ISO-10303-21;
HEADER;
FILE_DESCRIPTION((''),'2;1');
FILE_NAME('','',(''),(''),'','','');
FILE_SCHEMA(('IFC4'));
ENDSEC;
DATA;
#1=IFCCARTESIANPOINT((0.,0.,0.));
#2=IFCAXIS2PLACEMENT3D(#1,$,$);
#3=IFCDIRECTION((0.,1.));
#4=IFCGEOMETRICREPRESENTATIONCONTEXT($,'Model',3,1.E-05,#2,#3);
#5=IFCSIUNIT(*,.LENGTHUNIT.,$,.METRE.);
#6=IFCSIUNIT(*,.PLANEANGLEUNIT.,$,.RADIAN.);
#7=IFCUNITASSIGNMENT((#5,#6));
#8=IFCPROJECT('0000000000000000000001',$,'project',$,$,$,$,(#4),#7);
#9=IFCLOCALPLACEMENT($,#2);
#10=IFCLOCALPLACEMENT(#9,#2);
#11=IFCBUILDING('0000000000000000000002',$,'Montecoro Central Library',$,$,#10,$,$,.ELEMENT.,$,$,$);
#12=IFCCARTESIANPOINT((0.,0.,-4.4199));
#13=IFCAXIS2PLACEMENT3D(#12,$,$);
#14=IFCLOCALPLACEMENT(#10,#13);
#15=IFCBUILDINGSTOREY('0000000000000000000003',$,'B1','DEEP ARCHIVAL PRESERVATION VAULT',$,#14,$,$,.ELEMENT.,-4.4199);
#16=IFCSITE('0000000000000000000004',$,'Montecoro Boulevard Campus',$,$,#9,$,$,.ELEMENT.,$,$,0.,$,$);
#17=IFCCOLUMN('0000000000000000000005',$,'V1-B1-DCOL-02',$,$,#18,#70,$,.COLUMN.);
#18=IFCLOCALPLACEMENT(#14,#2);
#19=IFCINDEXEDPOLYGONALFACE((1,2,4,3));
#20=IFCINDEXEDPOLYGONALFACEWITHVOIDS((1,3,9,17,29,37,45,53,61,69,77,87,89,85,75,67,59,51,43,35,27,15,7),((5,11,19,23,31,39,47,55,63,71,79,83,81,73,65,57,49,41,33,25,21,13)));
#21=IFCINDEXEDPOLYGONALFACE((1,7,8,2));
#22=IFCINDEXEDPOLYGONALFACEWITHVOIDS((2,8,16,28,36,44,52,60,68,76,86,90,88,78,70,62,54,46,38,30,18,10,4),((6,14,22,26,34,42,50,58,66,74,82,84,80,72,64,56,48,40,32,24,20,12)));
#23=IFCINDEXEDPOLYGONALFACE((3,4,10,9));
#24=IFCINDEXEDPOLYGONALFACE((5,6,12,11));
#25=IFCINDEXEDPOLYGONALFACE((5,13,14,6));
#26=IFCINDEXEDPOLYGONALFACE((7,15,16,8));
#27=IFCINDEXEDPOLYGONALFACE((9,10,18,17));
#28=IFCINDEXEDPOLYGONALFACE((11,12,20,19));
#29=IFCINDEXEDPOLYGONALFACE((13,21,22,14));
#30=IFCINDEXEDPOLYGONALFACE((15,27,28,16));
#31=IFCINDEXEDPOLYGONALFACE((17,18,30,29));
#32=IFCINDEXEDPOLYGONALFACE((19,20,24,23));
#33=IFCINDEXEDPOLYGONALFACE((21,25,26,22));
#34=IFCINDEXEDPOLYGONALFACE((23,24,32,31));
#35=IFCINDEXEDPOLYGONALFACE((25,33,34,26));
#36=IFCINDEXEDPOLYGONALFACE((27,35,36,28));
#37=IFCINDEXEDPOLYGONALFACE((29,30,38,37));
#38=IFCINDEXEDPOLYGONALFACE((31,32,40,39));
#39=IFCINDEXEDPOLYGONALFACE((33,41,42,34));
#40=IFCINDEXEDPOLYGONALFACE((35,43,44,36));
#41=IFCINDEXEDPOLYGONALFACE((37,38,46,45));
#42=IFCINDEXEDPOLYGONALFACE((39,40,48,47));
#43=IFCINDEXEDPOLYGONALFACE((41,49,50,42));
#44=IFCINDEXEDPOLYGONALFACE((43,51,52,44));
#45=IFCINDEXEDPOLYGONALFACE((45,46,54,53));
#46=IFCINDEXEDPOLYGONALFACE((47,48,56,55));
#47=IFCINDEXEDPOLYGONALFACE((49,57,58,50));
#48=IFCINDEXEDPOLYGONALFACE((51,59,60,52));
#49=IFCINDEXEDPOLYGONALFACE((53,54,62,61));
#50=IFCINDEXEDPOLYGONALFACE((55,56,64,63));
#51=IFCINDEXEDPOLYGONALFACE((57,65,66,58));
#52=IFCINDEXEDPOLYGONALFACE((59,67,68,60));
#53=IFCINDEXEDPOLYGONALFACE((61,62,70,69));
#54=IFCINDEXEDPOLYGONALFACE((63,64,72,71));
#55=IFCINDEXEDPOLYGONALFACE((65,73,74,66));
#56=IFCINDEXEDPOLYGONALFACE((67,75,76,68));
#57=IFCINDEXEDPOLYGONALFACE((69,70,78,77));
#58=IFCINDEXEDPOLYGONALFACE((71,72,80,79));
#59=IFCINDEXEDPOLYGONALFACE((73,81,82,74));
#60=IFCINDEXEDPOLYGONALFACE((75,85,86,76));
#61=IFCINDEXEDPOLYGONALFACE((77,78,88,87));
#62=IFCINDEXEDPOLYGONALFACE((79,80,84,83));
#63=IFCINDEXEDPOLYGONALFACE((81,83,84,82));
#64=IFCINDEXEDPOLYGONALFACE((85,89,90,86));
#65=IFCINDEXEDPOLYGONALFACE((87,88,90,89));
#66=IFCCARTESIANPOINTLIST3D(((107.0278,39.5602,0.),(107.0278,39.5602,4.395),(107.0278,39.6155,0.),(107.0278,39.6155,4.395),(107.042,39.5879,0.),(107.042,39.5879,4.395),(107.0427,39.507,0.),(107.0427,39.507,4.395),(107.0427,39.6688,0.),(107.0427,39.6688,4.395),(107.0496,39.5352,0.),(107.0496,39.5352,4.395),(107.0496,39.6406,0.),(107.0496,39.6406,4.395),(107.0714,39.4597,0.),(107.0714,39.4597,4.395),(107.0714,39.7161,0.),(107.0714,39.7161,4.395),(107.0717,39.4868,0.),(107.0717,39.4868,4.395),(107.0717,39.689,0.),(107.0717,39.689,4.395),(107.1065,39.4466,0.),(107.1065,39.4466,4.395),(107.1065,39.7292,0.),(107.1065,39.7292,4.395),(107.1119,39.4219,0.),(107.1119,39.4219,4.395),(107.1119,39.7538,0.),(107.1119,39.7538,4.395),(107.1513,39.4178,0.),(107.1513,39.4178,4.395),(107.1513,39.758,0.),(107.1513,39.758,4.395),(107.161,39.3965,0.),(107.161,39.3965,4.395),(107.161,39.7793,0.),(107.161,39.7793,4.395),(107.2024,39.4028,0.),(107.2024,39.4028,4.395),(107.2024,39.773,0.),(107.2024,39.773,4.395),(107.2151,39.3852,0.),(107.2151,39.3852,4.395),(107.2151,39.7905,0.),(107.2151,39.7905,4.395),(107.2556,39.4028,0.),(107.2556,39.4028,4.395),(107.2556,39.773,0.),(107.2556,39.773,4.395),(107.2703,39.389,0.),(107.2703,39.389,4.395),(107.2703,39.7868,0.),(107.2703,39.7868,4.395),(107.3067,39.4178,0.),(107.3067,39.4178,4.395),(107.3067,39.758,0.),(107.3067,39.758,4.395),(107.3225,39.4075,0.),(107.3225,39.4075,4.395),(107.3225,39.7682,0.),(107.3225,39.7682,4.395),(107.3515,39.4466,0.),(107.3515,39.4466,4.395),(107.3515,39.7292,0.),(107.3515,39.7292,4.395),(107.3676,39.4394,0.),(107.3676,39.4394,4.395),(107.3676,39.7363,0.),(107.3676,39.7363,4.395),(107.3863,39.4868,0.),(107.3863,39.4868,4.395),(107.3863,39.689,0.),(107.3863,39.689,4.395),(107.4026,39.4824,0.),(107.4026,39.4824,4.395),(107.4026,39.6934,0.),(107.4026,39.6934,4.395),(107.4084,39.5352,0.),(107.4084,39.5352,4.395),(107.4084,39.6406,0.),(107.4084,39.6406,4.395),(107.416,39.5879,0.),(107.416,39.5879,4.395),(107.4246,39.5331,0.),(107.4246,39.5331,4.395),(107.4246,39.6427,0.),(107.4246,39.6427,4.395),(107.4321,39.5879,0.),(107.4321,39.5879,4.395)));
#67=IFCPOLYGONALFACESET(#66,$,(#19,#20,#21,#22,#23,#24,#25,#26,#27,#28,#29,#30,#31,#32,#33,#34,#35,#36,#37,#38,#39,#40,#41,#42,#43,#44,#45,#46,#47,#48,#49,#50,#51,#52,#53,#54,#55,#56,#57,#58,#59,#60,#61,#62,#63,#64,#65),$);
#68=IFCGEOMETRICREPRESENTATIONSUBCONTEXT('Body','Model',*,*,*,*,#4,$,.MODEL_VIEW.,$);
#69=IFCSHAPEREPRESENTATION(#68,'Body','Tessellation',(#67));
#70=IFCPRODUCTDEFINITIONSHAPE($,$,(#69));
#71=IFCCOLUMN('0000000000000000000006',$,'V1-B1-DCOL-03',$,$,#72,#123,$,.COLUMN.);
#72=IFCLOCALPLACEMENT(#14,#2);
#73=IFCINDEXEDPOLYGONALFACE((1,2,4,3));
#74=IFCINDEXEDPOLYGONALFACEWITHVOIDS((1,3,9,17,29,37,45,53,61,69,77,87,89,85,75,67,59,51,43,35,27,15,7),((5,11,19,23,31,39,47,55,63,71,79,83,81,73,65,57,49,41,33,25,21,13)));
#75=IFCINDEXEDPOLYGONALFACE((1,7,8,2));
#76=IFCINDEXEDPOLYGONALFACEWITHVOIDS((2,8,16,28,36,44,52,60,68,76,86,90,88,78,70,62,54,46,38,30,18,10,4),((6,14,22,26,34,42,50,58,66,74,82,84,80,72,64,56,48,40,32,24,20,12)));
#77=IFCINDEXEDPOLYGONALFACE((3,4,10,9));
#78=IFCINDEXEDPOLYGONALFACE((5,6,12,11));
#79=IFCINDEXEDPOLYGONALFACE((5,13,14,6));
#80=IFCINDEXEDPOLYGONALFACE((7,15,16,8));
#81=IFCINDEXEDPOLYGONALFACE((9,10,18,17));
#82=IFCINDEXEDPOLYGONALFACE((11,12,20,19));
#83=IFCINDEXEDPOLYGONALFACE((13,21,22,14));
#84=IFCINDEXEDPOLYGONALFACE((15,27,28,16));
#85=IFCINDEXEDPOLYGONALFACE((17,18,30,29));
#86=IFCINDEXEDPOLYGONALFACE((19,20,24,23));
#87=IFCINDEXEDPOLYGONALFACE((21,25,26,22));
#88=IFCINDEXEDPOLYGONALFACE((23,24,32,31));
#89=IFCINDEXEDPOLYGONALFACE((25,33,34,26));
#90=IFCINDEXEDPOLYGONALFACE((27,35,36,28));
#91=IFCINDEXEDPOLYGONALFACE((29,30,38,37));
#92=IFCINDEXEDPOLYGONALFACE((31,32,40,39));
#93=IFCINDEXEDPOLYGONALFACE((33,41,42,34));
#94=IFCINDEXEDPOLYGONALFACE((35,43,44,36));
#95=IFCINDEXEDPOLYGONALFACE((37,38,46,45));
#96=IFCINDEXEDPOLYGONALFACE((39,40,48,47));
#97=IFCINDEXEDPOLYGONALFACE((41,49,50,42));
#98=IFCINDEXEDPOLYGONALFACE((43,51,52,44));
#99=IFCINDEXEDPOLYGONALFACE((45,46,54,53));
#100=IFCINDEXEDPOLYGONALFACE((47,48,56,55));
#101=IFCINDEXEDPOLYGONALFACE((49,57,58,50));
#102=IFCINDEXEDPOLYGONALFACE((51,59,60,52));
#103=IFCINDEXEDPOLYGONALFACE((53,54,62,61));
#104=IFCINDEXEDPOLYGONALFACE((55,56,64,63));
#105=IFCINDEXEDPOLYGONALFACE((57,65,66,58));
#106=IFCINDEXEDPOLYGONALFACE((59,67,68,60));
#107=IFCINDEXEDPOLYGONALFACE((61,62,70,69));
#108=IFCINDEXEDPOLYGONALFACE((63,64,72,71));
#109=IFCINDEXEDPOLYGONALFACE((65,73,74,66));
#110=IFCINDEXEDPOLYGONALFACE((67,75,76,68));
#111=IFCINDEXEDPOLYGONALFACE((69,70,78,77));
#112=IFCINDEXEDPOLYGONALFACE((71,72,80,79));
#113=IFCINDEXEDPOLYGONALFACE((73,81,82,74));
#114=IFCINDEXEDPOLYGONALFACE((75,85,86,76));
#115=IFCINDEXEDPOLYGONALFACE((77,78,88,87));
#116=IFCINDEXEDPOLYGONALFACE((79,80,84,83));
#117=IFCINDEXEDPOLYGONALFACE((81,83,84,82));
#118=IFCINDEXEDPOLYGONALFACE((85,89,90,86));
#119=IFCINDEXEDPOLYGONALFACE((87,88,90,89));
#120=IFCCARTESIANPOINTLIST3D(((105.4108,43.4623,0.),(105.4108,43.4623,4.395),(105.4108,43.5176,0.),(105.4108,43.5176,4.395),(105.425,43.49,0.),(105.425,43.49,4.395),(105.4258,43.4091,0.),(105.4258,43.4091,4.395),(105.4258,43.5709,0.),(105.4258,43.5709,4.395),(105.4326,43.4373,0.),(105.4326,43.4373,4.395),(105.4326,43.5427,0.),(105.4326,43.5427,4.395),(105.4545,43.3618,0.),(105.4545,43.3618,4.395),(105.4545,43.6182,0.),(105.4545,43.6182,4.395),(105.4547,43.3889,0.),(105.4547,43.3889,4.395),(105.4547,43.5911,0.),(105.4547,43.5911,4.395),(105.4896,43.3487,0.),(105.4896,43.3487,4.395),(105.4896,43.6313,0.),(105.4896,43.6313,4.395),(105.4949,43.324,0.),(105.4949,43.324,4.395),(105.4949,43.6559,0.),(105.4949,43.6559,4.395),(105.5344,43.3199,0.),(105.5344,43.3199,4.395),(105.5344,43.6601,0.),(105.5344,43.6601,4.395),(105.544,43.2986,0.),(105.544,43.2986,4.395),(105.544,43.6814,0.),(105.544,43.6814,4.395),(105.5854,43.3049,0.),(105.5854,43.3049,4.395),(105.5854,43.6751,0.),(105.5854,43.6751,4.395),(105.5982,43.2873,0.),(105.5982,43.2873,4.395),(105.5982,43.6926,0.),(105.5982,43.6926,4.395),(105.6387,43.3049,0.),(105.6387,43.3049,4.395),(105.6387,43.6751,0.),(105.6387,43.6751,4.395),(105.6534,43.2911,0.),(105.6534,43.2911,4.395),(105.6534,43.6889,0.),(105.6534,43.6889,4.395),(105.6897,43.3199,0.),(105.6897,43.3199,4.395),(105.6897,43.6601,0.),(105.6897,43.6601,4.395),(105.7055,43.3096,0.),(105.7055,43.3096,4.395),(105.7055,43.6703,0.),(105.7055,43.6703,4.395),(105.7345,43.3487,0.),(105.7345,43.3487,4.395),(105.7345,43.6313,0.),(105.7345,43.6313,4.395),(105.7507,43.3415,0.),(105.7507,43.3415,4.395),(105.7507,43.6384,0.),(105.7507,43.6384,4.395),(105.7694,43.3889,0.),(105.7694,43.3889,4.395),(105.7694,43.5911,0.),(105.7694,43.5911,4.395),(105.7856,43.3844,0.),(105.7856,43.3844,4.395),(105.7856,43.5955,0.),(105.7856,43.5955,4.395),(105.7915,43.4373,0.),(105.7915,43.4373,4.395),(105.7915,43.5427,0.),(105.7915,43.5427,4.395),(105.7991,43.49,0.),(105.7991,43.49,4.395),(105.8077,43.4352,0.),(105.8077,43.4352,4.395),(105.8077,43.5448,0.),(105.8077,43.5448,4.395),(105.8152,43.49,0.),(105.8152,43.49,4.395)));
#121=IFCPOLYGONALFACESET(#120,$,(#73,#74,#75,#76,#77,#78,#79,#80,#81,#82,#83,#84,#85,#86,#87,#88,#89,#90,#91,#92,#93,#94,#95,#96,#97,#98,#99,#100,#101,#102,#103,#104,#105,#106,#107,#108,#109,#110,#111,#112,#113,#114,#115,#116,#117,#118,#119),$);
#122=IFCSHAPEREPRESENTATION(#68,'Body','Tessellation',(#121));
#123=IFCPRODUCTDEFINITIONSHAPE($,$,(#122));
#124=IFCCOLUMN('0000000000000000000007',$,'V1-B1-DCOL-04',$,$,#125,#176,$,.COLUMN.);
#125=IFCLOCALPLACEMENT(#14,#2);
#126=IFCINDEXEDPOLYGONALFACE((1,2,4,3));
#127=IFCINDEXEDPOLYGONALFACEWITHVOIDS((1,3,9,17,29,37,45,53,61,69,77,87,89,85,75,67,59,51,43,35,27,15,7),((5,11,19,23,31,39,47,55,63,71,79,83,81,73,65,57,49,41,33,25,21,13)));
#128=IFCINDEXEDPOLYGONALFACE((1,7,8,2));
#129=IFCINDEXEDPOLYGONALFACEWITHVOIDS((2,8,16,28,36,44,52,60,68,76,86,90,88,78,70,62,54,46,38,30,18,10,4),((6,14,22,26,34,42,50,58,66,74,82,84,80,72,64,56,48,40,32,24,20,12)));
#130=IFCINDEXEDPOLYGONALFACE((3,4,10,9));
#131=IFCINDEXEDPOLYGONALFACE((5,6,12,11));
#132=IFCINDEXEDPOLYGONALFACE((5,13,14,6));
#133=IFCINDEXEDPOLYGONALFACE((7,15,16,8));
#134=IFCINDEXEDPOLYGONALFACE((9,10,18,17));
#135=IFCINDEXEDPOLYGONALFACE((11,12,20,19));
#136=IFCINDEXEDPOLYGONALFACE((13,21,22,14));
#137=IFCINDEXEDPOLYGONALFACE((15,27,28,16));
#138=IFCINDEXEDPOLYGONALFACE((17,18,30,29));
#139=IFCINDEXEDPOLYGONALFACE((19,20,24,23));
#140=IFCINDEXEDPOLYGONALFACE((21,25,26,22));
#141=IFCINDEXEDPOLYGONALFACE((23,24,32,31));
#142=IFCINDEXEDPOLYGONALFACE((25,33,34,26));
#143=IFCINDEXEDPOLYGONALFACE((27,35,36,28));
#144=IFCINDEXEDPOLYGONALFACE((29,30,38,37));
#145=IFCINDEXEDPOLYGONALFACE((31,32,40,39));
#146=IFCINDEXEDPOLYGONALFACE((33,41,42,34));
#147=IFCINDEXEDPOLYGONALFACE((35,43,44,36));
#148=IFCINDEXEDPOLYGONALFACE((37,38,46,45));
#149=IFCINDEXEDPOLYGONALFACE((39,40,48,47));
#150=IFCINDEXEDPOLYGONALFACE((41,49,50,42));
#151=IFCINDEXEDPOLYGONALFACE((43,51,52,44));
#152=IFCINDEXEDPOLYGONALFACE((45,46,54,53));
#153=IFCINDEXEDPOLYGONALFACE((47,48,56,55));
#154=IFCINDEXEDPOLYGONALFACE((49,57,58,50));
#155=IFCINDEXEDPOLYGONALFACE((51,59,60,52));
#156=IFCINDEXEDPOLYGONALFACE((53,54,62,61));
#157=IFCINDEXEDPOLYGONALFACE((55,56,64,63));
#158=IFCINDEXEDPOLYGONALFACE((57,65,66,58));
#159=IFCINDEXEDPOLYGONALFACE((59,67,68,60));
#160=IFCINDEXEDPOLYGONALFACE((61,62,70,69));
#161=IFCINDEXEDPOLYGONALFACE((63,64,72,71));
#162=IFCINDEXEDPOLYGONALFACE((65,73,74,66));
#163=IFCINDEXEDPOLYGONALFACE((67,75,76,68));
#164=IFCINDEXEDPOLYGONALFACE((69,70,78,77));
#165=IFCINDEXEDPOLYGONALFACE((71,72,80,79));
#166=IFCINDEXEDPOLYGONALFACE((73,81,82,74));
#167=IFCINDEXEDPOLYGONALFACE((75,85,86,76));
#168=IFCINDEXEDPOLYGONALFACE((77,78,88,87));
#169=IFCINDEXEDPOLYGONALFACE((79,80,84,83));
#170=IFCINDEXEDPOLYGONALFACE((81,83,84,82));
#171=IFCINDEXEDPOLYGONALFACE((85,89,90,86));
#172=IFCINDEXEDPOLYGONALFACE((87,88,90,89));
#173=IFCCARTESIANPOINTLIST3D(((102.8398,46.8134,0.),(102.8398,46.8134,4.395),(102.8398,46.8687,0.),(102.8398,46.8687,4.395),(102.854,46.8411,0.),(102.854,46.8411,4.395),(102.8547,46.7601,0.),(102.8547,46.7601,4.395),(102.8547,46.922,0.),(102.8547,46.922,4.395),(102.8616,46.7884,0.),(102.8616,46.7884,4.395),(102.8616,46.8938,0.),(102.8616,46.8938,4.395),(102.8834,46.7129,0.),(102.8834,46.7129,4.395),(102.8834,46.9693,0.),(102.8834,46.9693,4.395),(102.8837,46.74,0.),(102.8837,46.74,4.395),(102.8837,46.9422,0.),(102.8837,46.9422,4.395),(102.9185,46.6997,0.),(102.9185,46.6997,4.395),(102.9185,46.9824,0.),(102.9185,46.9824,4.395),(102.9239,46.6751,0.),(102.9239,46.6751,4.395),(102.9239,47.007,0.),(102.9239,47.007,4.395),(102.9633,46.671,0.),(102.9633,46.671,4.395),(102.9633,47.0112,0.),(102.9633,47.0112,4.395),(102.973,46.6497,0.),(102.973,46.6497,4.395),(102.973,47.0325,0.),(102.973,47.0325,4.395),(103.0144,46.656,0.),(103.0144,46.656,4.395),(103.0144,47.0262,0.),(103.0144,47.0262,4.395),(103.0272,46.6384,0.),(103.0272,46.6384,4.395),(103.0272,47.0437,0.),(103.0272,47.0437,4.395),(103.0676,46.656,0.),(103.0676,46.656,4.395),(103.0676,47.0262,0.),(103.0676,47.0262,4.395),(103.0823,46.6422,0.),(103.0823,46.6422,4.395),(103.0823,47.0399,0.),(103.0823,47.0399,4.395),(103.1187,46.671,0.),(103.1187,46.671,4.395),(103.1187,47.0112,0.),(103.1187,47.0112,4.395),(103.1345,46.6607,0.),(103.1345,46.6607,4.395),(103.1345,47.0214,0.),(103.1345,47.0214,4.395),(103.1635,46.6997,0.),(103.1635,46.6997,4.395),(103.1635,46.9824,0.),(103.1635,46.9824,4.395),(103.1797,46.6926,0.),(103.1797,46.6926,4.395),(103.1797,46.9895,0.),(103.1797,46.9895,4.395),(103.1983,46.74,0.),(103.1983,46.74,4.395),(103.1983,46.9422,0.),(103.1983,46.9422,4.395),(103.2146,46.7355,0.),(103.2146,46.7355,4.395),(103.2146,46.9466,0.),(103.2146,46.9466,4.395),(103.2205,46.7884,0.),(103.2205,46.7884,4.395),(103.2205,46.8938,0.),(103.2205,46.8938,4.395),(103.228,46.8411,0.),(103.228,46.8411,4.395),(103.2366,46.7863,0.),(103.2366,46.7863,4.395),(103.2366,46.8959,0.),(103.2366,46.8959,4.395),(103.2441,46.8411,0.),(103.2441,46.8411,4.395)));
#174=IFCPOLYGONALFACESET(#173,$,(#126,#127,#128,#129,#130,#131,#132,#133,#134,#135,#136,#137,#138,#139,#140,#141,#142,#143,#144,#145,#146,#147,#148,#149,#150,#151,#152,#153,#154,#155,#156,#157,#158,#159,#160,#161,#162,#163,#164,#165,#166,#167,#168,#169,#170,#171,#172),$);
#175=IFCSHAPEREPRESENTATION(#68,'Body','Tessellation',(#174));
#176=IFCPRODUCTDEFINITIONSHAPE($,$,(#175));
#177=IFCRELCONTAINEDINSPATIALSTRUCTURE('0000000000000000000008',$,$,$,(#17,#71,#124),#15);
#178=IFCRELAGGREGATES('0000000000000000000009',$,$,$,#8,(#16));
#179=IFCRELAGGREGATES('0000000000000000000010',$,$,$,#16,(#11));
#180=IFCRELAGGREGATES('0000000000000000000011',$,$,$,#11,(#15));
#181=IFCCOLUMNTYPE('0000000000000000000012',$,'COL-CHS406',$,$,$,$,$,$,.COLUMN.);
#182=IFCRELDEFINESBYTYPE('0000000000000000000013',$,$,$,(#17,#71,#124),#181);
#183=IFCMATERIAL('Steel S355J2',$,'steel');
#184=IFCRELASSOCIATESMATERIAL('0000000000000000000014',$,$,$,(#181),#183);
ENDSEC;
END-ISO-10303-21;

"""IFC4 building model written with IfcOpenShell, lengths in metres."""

from ifc_helpers import new_model, si_unit, direction, frame, origin, origin_2d, place, context, subcontext, project, spatial, hollow_circle, extrude, material, material_profile, profile_set, type_object, element, save


model = new_model("IFC4")

# Units and contexts
model_context = context("Model", 3, precision=1e-05, world=origin(), true_north=direction((0.0, 1.0)))
body_context = subcontext(model_context, "Body", "Model", "MODEL_VIEW")
ifc_project = project(units=[si_unit("LENGTHUNIT", "METRE"), si_unit("PLANEANGLEUNIT", "RADIAN")], contexts=[model_context])

# Site, building, storey
site_placement = place(None, origin())
site = spatial("IfcSite", under=ifc_project, at=site_placement, Name="Montecoro Boulevard Campus", CompositionType="ELEMENT", RefElevation=0.0)
building_placement = place(site_placement, origin())
building = spatial("IfcBuilding", under=site, at=building_placement, Name="Montecoro Central Library", CompositionType="ELEMENT")
storey_placement = place(building_placement, frame((0.0, 0.0, -4.4199)))
storey = spatial("IfcBuildingStorey", under=building, at=storey_placement, Name="B1", Description="DEEP ARCHIVAL PRESERVATION VAULT", CompositionType="ELEMENT", Elevation=-4.4199)

# Columns
ifc_material_1 = material(Name="Steel S355J2", Category="steel")
ifc_material_profile_1 = material_profile(ifc_material_1, hollow_circle(Radius=0.2031, WallThickness=0.0161, at=origin_2d()), Name="CHS 406.4x16.0")
ifc_profile_set_1 = profile_set([ifc_material_profile_1], Name="Steel S355J2")
column_type = type_object("IfcColumnType", Name="COL-CHS406", PredefinedType="COLUMN", material=ifc_profile_set_1)
for number, where, z_axis, x_axis, name in (
    (1, (107.229, 39.5879, 0.0), (0.0, 0.0, 1.0), (1.0, 0.0, 0.0), "V1-B1-DCOL-02"),
    (2, (105.6121, 43.49, 0.0), (0.0, 0.0, 1.0), (1.0, 0.0, 0.0), "V1-B1-DCOL-03"),
    (3, (103.041, 46.8411, 0.0), (0.0, 0.0, 1.0), (1.0, 0.0, 0.0), "V1-B1-DCOL-04"),
):
    element("IfcColumn", number, at=place(storey_placement, frame(where, z_axis=z_axis, x_axis=x_axis)), inside=storey, type_object=column_type, Name=name, PredefinedType="COLUMN", context=body_context, shape_type="SweptSolid", body=[
        extrude(hollow_circle(Radius=0.2031, WallThickness=0.0161, at=origin_2d()), origin(), (0.0, 0.0, 1.0), 4.395),
    ])

save(model, "model.ifc")
